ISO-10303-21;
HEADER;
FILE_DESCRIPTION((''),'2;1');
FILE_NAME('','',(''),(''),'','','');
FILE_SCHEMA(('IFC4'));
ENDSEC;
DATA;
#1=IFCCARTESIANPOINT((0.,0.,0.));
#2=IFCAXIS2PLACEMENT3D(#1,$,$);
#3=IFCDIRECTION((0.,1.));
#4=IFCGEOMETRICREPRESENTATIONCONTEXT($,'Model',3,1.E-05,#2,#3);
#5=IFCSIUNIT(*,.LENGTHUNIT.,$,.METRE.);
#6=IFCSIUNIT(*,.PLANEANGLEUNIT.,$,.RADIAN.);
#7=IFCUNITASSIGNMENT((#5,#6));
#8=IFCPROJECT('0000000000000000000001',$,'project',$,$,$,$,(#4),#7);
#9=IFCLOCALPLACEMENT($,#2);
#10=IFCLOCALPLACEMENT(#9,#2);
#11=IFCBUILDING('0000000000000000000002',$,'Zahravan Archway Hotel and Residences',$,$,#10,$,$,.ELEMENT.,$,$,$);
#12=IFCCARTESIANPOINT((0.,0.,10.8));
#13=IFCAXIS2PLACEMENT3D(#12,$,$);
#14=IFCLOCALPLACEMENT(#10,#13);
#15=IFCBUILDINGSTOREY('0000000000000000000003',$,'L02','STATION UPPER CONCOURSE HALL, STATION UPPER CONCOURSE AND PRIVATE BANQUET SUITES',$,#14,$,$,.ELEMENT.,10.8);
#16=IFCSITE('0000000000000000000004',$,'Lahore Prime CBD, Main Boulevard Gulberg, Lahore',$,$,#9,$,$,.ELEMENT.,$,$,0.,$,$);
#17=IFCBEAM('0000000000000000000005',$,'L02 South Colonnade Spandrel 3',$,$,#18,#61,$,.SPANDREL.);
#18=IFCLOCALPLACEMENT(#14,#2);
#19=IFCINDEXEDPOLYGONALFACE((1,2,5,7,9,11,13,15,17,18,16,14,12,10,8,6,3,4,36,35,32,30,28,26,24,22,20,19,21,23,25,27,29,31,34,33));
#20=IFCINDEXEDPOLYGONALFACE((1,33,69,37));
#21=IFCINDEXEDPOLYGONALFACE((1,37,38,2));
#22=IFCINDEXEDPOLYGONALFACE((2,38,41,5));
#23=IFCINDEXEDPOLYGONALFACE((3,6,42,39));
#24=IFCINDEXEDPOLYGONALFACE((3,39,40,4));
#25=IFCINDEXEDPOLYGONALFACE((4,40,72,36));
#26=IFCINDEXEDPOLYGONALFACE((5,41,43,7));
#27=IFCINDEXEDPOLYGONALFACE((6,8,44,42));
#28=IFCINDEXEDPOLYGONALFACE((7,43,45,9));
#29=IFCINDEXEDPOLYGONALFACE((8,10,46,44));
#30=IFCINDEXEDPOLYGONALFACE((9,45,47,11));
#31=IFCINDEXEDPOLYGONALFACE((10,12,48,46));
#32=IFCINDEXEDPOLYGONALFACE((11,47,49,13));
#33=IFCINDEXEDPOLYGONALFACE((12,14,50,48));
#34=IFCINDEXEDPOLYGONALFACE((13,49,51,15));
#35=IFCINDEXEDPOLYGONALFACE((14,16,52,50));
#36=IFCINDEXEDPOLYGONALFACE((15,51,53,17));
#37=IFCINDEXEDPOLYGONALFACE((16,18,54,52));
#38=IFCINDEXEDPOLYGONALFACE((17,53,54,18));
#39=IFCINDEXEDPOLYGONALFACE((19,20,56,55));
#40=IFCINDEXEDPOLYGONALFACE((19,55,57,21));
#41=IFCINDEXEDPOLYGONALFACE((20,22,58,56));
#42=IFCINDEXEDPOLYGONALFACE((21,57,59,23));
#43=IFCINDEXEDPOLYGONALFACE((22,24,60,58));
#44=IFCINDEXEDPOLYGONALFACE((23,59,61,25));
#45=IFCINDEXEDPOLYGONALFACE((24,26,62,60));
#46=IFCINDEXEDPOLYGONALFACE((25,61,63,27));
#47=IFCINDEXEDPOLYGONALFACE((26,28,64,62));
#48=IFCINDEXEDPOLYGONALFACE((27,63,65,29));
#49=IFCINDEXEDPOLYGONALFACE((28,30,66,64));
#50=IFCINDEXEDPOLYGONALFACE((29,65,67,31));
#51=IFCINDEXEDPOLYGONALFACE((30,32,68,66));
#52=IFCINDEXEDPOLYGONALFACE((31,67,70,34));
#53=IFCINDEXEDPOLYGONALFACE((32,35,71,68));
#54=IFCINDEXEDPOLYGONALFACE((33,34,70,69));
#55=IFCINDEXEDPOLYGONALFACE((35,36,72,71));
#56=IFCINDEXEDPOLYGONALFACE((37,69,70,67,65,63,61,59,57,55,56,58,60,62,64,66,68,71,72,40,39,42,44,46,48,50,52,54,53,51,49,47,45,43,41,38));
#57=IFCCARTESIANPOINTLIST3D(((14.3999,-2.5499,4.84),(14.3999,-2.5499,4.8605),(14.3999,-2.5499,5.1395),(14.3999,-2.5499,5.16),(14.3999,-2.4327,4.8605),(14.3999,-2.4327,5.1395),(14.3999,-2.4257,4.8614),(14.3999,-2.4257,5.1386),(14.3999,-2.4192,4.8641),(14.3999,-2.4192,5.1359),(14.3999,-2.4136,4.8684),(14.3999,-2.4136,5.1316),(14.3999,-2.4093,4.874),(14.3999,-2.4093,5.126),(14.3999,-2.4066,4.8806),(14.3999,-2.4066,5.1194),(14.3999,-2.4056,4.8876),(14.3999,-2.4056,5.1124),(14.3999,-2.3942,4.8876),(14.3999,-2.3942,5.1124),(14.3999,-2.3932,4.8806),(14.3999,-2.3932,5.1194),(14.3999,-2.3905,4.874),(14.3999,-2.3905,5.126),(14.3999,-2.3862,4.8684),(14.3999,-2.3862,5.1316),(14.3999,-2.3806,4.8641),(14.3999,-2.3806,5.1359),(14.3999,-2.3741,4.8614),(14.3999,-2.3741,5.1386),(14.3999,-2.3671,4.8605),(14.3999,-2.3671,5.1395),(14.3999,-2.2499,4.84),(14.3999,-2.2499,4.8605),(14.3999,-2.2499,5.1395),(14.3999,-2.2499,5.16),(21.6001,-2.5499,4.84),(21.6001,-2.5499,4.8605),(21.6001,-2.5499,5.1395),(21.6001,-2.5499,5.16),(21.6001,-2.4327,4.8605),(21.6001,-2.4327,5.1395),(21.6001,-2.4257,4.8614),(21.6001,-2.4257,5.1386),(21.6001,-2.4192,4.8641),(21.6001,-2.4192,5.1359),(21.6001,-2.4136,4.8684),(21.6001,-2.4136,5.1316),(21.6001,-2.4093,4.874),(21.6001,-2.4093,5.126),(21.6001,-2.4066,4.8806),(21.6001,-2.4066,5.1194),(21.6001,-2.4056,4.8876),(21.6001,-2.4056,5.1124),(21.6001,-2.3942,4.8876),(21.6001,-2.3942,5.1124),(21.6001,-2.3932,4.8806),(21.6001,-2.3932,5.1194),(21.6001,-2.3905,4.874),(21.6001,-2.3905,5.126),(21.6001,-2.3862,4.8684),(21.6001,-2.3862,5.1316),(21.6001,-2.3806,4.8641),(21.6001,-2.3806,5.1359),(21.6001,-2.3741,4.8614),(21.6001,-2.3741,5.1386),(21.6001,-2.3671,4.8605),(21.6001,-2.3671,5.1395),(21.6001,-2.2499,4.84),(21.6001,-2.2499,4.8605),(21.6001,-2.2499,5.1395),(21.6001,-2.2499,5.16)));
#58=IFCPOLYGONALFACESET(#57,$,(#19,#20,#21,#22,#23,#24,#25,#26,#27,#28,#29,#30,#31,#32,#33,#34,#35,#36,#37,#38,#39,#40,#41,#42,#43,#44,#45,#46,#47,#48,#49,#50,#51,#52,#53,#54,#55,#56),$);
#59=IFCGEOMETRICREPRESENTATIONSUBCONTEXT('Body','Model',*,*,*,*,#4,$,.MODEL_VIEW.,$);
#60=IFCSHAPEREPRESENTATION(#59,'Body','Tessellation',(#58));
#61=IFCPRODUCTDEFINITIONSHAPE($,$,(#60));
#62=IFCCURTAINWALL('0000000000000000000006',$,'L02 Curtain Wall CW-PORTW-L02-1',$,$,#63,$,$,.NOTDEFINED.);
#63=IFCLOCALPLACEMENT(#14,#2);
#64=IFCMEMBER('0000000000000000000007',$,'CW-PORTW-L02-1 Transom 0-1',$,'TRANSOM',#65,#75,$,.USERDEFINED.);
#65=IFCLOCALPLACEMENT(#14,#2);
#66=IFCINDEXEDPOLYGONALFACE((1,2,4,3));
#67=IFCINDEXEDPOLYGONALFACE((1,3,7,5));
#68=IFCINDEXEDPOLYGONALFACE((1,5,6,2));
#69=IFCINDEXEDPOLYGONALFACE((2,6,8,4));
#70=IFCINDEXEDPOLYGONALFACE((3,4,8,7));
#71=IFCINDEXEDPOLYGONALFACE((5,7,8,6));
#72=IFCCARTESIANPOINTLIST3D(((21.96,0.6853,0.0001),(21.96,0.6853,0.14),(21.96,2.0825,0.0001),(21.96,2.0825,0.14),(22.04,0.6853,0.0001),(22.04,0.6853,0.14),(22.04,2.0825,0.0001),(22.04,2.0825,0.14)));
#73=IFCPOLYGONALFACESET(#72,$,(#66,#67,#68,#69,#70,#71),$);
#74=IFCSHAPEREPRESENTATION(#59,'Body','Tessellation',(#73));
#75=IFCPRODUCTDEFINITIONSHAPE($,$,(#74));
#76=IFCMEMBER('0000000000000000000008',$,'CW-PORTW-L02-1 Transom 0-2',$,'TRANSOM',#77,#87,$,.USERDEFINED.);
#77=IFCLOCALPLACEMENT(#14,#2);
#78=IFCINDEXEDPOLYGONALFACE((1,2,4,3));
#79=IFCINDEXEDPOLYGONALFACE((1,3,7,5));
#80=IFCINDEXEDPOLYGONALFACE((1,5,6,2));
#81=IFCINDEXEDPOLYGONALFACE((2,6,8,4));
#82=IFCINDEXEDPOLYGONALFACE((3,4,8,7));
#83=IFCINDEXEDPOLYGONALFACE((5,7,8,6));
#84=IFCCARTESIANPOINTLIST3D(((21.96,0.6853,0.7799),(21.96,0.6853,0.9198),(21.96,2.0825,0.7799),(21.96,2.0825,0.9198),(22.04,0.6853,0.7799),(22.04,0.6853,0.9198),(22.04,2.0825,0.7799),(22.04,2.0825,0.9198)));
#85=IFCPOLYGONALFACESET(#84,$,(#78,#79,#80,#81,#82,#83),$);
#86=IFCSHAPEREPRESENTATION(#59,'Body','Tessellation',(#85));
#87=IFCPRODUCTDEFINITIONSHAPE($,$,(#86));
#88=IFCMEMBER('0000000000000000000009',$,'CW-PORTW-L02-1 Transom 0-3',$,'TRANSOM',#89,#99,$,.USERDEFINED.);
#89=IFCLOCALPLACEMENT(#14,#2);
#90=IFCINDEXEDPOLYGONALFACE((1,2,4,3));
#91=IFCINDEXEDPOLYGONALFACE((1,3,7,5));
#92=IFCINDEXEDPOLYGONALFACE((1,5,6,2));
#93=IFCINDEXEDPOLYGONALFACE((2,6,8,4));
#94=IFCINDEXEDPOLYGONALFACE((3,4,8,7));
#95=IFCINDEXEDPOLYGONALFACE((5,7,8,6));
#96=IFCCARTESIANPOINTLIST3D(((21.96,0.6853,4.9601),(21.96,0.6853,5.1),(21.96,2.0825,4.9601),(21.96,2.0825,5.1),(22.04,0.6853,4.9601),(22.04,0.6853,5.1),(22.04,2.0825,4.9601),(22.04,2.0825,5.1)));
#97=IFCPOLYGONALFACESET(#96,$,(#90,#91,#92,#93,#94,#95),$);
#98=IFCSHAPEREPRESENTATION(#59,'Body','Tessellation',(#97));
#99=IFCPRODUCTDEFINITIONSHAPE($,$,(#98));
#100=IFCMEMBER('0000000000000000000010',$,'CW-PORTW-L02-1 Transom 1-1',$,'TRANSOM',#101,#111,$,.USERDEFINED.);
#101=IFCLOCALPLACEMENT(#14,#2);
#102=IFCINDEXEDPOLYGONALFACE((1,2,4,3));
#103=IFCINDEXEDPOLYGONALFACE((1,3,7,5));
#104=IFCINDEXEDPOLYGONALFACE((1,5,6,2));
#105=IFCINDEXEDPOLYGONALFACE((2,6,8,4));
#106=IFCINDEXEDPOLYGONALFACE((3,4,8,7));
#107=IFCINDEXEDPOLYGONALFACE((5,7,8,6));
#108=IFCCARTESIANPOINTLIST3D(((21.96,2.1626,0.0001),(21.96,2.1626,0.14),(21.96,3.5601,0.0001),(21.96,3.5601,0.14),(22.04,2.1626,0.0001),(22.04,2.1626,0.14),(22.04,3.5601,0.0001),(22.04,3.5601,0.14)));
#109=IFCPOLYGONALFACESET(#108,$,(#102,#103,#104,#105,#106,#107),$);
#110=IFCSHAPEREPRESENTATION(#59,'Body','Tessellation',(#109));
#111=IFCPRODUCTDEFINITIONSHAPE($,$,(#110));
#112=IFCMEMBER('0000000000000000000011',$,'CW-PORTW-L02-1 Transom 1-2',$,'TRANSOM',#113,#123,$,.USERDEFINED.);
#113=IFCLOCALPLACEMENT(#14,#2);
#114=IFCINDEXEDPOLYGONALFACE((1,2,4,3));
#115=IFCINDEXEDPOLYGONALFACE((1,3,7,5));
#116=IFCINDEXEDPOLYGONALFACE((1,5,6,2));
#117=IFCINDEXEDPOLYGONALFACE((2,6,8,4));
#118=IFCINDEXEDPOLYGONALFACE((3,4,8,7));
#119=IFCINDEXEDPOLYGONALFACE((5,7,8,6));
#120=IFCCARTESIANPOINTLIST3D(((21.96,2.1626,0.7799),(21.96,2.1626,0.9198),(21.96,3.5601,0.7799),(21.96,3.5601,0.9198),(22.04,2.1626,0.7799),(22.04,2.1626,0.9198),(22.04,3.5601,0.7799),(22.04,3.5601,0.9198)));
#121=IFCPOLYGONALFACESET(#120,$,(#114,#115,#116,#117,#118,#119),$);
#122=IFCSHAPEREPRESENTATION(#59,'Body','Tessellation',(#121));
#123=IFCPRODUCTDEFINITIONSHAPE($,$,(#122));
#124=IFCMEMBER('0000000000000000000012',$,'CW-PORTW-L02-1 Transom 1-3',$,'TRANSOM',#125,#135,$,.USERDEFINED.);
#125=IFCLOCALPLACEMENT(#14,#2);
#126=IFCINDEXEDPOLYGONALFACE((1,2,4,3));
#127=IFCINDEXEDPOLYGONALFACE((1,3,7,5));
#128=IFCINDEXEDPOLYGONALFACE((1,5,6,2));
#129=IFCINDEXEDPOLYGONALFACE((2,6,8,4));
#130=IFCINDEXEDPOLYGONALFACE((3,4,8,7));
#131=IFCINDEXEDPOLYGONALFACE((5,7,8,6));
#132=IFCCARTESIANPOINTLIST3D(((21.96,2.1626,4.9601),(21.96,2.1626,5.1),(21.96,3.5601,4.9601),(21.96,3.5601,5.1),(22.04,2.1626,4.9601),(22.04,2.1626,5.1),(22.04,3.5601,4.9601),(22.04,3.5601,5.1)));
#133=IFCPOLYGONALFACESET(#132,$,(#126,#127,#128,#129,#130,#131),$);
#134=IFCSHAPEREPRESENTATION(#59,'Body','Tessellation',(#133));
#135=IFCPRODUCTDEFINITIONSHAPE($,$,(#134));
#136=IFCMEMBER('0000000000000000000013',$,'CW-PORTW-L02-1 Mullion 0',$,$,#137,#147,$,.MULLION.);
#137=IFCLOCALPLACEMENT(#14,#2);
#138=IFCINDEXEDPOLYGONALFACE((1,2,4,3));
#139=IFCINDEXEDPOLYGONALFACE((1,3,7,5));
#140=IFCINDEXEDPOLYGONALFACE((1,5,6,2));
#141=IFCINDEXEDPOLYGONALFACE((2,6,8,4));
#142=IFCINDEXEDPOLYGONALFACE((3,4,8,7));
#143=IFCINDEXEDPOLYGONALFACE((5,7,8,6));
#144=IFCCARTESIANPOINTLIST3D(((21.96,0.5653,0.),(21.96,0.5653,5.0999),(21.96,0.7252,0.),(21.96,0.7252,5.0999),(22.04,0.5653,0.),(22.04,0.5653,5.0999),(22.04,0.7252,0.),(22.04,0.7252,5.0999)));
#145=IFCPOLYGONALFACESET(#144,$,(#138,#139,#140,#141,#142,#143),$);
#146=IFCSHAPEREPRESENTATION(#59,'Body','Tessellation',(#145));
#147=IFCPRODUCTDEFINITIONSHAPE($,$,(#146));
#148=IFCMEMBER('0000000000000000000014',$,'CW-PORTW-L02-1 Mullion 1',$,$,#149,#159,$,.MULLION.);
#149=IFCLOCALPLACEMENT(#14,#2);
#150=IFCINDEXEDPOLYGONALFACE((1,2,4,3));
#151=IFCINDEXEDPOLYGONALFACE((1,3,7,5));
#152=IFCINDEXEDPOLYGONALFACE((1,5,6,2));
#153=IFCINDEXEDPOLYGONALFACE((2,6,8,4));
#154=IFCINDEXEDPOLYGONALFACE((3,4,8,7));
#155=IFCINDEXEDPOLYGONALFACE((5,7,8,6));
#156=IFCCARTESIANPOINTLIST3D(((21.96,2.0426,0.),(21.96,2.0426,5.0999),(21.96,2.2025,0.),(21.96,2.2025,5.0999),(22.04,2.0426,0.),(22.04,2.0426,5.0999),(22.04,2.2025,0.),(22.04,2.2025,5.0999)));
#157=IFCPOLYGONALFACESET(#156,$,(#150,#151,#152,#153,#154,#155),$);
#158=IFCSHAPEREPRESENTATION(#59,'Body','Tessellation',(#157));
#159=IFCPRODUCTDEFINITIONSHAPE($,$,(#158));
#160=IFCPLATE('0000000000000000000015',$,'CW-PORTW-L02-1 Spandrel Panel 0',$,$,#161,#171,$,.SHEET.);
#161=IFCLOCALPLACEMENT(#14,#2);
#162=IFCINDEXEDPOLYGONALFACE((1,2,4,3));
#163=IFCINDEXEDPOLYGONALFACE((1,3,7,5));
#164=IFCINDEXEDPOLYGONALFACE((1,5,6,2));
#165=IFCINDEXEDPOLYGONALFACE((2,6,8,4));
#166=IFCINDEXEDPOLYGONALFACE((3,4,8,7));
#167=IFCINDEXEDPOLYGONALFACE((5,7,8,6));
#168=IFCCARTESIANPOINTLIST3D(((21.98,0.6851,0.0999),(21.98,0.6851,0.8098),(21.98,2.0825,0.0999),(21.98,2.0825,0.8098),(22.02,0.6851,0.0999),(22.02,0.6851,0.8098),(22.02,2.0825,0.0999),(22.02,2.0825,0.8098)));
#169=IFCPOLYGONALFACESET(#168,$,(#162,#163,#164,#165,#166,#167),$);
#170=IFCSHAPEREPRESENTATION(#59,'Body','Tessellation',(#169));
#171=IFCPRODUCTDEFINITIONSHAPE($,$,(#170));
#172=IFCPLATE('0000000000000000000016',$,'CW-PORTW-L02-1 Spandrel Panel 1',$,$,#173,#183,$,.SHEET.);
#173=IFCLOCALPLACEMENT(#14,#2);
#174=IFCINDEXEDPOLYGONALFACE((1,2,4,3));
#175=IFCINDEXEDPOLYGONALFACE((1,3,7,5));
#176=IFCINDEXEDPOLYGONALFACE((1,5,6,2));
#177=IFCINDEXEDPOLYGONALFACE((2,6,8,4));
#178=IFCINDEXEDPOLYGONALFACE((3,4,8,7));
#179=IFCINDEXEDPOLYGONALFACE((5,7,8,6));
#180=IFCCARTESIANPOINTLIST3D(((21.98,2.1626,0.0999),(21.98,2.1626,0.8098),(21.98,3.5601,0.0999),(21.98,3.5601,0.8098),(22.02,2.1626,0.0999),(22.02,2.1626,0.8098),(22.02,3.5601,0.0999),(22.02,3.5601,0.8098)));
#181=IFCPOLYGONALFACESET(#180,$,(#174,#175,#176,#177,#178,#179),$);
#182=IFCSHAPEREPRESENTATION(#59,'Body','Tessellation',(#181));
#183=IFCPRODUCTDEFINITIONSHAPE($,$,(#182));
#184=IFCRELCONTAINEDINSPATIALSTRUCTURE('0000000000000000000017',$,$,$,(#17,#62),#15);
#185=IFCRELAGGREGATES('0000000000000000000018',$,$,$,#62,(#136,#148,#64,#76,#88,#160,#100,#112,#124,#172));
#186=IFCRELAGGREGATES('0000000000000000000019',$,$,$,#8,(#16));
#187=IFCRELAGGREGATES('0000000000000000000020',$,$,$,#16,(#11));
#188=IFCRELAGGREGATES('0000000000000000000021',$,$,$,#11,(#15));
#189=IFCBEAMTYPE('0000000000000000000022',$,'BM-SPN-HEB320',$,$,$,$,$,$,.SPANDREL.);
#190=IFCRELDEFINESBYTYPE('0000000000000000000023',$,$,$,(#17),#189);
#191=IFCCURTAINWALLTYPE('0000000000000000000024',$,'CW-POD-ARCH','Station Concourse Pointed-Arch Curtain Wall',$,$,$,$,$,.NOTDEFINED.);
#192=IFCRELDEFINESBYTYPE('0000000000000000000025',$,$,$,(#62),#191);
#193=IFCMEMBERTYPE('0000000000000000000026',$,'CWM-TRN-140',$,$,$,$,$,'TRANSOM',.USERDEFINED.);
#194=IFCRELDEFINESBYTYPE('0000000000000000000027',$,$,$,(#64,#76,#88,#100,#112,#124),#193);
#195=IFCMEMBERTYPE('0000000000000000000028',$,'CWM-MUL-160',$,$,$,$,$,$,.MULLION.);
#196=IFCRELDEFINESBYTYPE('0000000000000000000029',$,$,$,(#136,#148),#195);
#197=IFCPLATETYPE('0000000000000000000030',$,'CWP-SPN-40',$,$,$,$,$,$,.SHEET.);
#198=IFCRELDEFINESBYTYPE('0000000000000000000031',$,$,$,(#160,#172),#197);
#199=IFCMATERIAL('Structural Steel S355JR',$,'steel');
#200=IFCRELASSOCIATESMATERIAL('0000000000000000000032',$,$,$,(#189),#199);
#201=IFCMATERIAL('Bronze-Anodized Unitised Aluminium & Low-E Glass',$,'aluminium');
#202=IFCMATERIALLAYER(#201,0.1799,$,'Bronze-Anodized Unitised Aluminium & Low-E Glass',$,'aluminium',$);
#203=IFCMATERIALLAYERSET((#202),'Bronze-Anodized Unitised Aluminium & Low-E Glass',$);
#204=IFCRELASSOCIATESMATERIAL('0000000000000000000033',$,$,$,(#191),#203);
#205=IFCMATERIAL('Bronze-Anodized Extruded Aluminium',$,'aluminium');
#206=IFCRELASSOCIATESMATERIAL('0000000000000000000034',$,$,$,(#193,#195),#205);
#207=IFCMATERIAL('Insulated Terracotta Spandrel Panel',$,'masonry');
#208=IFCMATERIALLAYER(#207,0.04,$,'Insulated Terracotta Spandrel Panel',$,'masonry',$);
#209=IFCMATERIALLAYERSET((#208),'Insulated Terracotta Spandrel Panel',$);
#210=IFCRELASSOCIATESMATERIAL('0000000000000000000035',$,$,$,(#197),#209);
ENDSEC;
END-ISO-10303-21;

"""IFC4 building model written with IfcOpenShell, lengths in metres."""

from ifc_helpers import new_model, si_unit, direction, frame, origin, origin_2d, place, context, subcontext, project, spatial, rectangle, i_section, extrude, source, transform, mapped, material, layer, layer_set, material_profile, profile_set, type_object, element, aggregate, save


model = new_model("IFC4")

# Units and contexts
model_context = context("Model", 3, precision=1e-05, world=origin(), true_north=direction((0.0, 1.0)))
body_context = subcontext(model_context, "Body", "Model", "MODEL_VIEW")
ifc_project = project(units=[si_unit("LENGTHUNIT", "METRE"), si_unit("PLANEANGLEUNIT", "RADIAN")], contexts=[model_context])

# Site, building, storey
site_placement = place(None, origin())
site = spatial("IfcSite", under=ifc_project, at=site_placement, Name="Lahore Prime CBD, Main Boulevard Gulberg, Lahore", CompositionType="ELEMENT", RefElevation=0.0)
building_placement = place(site_placement, origin())
building = spatial("IfcBuilding", under=site, at=building_placement, Name="Zahravan Archway Hotel and Residences", CompositionType="ELEMENT")
storey_placement = place(building_placement, frame((0.0, 0.0, 10.8)))
storey = spatial("IfcBuildingStorey", under=building, at=storey_placement, Name="L02", Description="STATION UPPER CONCOURSE HALL, STATION UPPER CONCOURSE AND PRIVATE BANQUET SUITES", CompositionType="ELEMENT", Elevation=10.8)

# Beam
ifc_material_1 = material(Name="Structural Steel S355JR", Category="steel")
ifc_material_profile_1 = material_profile(ifc_material_1, i_section(OverallWidth=0.3, OverallDepth=0.3201, WebThickness=0.0115, FlangeThickness=0.0205, FilletRadius=0.0271, at=origin_2d()), Name="HEB 320", Category="steel")
ifc_profile_set_1 = profile_set([ifc_material_profile_1], Name="Structural Steel S355JR")
beam_type_1 = type_object("IfcBeamType", Name="BM-SPN-HEB320", PredefinedType="SPANDREL", material=ifc_profile_set_1)
shared_shape_1 = source(origin(), body_context, "Body", "SweptSolid", [
    extrude(i_section(OverallWidth=0.3, OverallDepth=0.3201, WebThickness=0.0115, FlangeThickness=0.0205, FilletRadius=0.0271, at=origin_2d()), origin(), (0.0, 0.0, 1.0), 7.2002),
])
beam_1_placement = place(storey_placement, frame((14.3999, -2.3999, 5.0), z_axis=(1.0, 0.0, 0.0), x_axis=(0.0, 1.0, 0.0)))
element("IfcBeam", 1, at=beam_1_placement, inside=storey, type_object=beam_type_1, Name="L02 South Colonnade Spandrel 3", PredefinedType="SPANDREL", context=body_context, shape_type="MappedRepresentation", body=[
    mapped(shared_shape_1, transform((0.0, 0.0, 0.0), scale=1.0)),
])

# Curtain wall, members, plates
ifc_material_2 = material(Name="Bronze-Anodized Unitised Aluminium & Low-E Glass", Category="aluminium")
ifc_layer_1 = layer(ifc_material_2, 0.1799, Name="Bronze-Anodized Unitised Aluminium & Low-E Glass", Category="aluminium")
ifc_layer_set_1 = layer_set([ifc_layer_1], Name="Bronze-Anodized Unitised Aluminium & Low-E Glass")
curtain_wall_type = type_object("IfcCurtainWallType", Name="CW-POD-ARCH", Description="Station Concourse Pointed-Arch Curtain Wall", PredefinedType="NOTDEFINED", material=ifc_layer_set_1)
curtain_wall_placement = place(storey_placement, origin())
curtain_wall = element("IfcCurtainWall", 2, at=curtain_wall_placement, inside=storey, type_object=curtain_wall_type, Name="L02 Curtain Wall CW-PORTW-L02-1", PredefinedType="NOTDEFINED")
ifc_material_3 = material(Name="Bronze-Anodized Extruded Aluminium", Category="aluminium")
ifc_material_profile_2 = material_profile(ifc_material_3, rectangle(XDim=0.0801, YDim=0.1399, at=origin_2d()), Name="TRN 80x140", Category="aluminium")
ifc_profile_set_2 = profile_set([ifc_material_profile_2], Name="Bronze-Anodized Extruded Aluminium")
member_type_1 = type_object("IfcMemberType", Name="CWM-TRN-140", ElementType="TRANSOM", PredefinedType="USERDEFINED", material=ifc_profile_set_2)
shared_shape_2 = source(origin(), body_context, "Body", "SweptSolid", [
    extrude(rectangle(XDim=0.0801, YDim=0.1399, at=origin_2d()), origin(), (0.0, 0.0, 1.0), 1.3972),
])
member_1_placement = place(storey_placement, frame((22.0, 0.6853, 0.0701), z_axis=(0.0, 1.0, 0.0), x_axis=(-1.0, 0.0, 0.0)))
member_1 = element("IfcMember", 3, at=member_1_placement, type_object=member_type_1, Name="CW-PORTW-L02-1 Transom 0-1", ObjectType="TRANSOM", PredefinedType="USERDEFINED", context=body_context, shape_type="MappedRepresentation", body=[
    mapped(shared_shape_2, transform((0.0, 0.0, 0.0), scale=1.0)),
])
member_2_placement = place(storey_placement, frame((22.0, 0.6853, 0.8499), z_axis=(0.0, 1.0, 0.0), x_axis=(-1.0, 0.0, 0.0)))
member_2 = element("IfcMember", 4, at=member_2_placement, type_object=member_type_1, Name="CW-PORTW-L02-1 Transom 0-2", ObjectType="TRANSOM", PredefinedType="USERDEFINED", context=body_context, shape_type="MappedRepresentation", body=[
    mapped(shared_shape_2, transform((0.0, 0.0, 0.0), scale=1.0)),
])
member_3_placement = place(storey_placement, frame((22.0, 0.6853, 5.03), z_axis=(0.0, 1.0, 0.0), x_axis=(-1.0, 0.0, 0.0)))
member_3 = element("IfcMember", 5, at=member_3_placement, type_object=member_type_1, Name="CW-PORTW-L02-1 Transom 0-3", ObjectType="TRANSOM", PredefinedType="USERDEFINED", context=body_context, shape_type="MappedRepresentation", body=[
    mapped(shared_shape_2, transform((0.0, 0.0, 0.0), scale=1.0)),
])
shared_shape_3 = source(origin(), body_context, "Body", "SweptSolid", [
    extrude(rectangle(XDim=0.0801, YDim=0.1399, at=origin_2d()), origin(), (0.0, 0.0, 1.0), 1.3975),
])
member_4_placement = place(storey_placement, frame((22.0, 2.1626, 0.0701), z_axis=(0.0, 1.0, 0.0), x_axis=(-1.0, 0.0, 0.0)))
member_4 = element("IfcMember", 6, at=member_4_placement, type_object=member_type_1, Name="CW-PORTW-L02-1 Transom 1-1", ObjectType="TRANSOM", PredefinedType="USERDEFINED", context=body_context, shape_type="MappedRepresentation", body=[
    mapped(shared_shape_3, transform((0.0, 0.0, 0.0), scale=1.0)),
])
member_5_placement = place(storey_placement, frame((22.0, 2.1626, 0.8499), z_axis=(0.0, 1.0, 0.0), x_axis=(-1.0, 0.0, 0.0)))
member_5 = element("IfcMember", 7, at=member_5_placement, type_object=member_type_1, Name="CW-PORTW-L02-1 Transom 1-2", ObjectType="TRANSOM", PredefinedType="USERDEFINED", context=body_context, shape_type="MappedRepresentation", body=[
    mapped(shared_shape_3, transform((0.0, 0.0, 0.0), scale=1.0)),
])
member_6_placement = place(storey_placement, frame((22.0, 2.1626, 5.03), z_axis=(0.0, 1.0, 0.0), x_axis=(-1.0, 0.0, 0.0)))
member_6 = element("IfcMember", 8, at=member_6_placement, type_object=member_type_1, Name="CW-PORTW-L02-1 Transom 1-3", ObjectType="TRANSOM", PredefinedType="USERDEFINED", context=body_context, shape_type="MappedRepresentation", body=[
    mapped(shared_shape_3, transform((0.0, 0.0, 0.0), scale=1.0)),
])
ifc_material_profile_3 = material_profile(ifc_material_3, rectangle(XDim=0.0801, YDim=0.1599, at=origin_2d()), Name="MUL 80x160", Category="aluminium")
ifc_profile_set_3 = profile_set([ifc_material_profile_3], Name="Bronze-Anodized Extruded Aluminium")
member_type_2 = type_object("IfcMemberType", Name="CWM-MUL-160", PredefinedType="MULLION", material=ifc_profile_set_3)
shared_shape_4 = source(origin(), body_context, "Body", "SweptSolid", [
    extrude(rectangle(XDim=0.0801, YDim=0.1599, at=origin_2d()), origin(), (0.0, 0.0, 1.0), 5.0999),
])
member_7_placement = place(storey_placement, frame((22.0, 0.6453, 0.0), z_axis=(0.0, 0.0, 1.0), x_axis=(1.0, 0.0, 0.0)))
member_7 = element("IfcMember", 9, at=member_7_placement, type_object=member_type_2, Name="CW-PORTW-L02-1 Mullion 0", PredefinedType="MULLION", context=body_context, shape_type="MappedRepresentation", body=[
    mapped(shared_shape_4, transform((0.0, 0.0, 0.0), scale=1.0)),
])
member_8_placement = place(storey_placement, frame((22.0, 2.1226, 0.0), z_axis=(0.0, 0.0, 1.0), x_axis=(1.0, 0.0, 0.0)))
member_8 = element("IfcMember", 10, at=member_8_placement, type_object=member_type_2, Name="CW-PORTW-L02-1 Mullion 1", PredefinedType="MULLION", context=body_context, shape_type="MappedRepresentation", body=[
    mapped(shared_shape_4, transform((0.0, 0.0, 0.0), scale=1.0)),
])
ifc_material_4 = material(Name="Insulated Terracotta Spandrel Panel", Category="masonry")
ifc_layer_2 = layer(ifc_material_4, 0.04, Name="Insulated Terracotta Spandrel Panel", Category="masonry")
ifc_layer_set_2 = layer_set([ifc_layer_2], Name="Insulated Terracotta Spandrel Panel")
plate_type_1 = type_object("IfcPlateType", Name="CWP-SPN-40", PredefinedType="SHEET", material=ifc_layer_set_2)
shared_shape_5 = source(origin(), body_context, "Body", "SweptSolid", [
    extrude(rectangle(XDim=1.3975, YDim=0.04, at=origin_2d()), origin(), (0.0, 0.0, 1.0), 0.71),
])
plate_1_placement = place(storey_placement, frame((22.0, 1.3838, 0.0999), z_axis=(0.0, 0.0, 1.0), x_axis=(0.0, 1.0, 0.0)))
plate_1 = element("IfcPlate", 11, at=plate_1_placement, type_object=plate_type_1, Name="CW-PORTW-L02-1 Spandrel Panel 0", PredefinedType="SHEET", context=body_context, shape_type="MappedRepresentation", body=[
    mapped(shared_shape_5, transform((0.0, 0.0, 0.0), scale=1.0)),
])
plate_2_placement = place(storey_placement, frame((22.0, 2.8613, 0.0999), z_axis=(0.0, 0.0, 1.0), x_axis=(0.0, 1.0, 0.0)))
plate_2 = element("IfcPlate", 12, at=plate_2_placement, type_object=plate_type_1, Name="CW-PORTW-L02-1 Spandrel Panel 1", PredefinedType="SHEET", context=body_context, shape_type="MappedRepresentation", body=[
    mapped(shared_shape_5, transform((0.0, 0.0, 0.0), scale=1.0)),
])
aggregate(curtain_wall, [member_7, member_8, member_1, member_2, member_3, plate_1, member_4, member_5, member_6, plate_2])

save(model, "model.ifc")
